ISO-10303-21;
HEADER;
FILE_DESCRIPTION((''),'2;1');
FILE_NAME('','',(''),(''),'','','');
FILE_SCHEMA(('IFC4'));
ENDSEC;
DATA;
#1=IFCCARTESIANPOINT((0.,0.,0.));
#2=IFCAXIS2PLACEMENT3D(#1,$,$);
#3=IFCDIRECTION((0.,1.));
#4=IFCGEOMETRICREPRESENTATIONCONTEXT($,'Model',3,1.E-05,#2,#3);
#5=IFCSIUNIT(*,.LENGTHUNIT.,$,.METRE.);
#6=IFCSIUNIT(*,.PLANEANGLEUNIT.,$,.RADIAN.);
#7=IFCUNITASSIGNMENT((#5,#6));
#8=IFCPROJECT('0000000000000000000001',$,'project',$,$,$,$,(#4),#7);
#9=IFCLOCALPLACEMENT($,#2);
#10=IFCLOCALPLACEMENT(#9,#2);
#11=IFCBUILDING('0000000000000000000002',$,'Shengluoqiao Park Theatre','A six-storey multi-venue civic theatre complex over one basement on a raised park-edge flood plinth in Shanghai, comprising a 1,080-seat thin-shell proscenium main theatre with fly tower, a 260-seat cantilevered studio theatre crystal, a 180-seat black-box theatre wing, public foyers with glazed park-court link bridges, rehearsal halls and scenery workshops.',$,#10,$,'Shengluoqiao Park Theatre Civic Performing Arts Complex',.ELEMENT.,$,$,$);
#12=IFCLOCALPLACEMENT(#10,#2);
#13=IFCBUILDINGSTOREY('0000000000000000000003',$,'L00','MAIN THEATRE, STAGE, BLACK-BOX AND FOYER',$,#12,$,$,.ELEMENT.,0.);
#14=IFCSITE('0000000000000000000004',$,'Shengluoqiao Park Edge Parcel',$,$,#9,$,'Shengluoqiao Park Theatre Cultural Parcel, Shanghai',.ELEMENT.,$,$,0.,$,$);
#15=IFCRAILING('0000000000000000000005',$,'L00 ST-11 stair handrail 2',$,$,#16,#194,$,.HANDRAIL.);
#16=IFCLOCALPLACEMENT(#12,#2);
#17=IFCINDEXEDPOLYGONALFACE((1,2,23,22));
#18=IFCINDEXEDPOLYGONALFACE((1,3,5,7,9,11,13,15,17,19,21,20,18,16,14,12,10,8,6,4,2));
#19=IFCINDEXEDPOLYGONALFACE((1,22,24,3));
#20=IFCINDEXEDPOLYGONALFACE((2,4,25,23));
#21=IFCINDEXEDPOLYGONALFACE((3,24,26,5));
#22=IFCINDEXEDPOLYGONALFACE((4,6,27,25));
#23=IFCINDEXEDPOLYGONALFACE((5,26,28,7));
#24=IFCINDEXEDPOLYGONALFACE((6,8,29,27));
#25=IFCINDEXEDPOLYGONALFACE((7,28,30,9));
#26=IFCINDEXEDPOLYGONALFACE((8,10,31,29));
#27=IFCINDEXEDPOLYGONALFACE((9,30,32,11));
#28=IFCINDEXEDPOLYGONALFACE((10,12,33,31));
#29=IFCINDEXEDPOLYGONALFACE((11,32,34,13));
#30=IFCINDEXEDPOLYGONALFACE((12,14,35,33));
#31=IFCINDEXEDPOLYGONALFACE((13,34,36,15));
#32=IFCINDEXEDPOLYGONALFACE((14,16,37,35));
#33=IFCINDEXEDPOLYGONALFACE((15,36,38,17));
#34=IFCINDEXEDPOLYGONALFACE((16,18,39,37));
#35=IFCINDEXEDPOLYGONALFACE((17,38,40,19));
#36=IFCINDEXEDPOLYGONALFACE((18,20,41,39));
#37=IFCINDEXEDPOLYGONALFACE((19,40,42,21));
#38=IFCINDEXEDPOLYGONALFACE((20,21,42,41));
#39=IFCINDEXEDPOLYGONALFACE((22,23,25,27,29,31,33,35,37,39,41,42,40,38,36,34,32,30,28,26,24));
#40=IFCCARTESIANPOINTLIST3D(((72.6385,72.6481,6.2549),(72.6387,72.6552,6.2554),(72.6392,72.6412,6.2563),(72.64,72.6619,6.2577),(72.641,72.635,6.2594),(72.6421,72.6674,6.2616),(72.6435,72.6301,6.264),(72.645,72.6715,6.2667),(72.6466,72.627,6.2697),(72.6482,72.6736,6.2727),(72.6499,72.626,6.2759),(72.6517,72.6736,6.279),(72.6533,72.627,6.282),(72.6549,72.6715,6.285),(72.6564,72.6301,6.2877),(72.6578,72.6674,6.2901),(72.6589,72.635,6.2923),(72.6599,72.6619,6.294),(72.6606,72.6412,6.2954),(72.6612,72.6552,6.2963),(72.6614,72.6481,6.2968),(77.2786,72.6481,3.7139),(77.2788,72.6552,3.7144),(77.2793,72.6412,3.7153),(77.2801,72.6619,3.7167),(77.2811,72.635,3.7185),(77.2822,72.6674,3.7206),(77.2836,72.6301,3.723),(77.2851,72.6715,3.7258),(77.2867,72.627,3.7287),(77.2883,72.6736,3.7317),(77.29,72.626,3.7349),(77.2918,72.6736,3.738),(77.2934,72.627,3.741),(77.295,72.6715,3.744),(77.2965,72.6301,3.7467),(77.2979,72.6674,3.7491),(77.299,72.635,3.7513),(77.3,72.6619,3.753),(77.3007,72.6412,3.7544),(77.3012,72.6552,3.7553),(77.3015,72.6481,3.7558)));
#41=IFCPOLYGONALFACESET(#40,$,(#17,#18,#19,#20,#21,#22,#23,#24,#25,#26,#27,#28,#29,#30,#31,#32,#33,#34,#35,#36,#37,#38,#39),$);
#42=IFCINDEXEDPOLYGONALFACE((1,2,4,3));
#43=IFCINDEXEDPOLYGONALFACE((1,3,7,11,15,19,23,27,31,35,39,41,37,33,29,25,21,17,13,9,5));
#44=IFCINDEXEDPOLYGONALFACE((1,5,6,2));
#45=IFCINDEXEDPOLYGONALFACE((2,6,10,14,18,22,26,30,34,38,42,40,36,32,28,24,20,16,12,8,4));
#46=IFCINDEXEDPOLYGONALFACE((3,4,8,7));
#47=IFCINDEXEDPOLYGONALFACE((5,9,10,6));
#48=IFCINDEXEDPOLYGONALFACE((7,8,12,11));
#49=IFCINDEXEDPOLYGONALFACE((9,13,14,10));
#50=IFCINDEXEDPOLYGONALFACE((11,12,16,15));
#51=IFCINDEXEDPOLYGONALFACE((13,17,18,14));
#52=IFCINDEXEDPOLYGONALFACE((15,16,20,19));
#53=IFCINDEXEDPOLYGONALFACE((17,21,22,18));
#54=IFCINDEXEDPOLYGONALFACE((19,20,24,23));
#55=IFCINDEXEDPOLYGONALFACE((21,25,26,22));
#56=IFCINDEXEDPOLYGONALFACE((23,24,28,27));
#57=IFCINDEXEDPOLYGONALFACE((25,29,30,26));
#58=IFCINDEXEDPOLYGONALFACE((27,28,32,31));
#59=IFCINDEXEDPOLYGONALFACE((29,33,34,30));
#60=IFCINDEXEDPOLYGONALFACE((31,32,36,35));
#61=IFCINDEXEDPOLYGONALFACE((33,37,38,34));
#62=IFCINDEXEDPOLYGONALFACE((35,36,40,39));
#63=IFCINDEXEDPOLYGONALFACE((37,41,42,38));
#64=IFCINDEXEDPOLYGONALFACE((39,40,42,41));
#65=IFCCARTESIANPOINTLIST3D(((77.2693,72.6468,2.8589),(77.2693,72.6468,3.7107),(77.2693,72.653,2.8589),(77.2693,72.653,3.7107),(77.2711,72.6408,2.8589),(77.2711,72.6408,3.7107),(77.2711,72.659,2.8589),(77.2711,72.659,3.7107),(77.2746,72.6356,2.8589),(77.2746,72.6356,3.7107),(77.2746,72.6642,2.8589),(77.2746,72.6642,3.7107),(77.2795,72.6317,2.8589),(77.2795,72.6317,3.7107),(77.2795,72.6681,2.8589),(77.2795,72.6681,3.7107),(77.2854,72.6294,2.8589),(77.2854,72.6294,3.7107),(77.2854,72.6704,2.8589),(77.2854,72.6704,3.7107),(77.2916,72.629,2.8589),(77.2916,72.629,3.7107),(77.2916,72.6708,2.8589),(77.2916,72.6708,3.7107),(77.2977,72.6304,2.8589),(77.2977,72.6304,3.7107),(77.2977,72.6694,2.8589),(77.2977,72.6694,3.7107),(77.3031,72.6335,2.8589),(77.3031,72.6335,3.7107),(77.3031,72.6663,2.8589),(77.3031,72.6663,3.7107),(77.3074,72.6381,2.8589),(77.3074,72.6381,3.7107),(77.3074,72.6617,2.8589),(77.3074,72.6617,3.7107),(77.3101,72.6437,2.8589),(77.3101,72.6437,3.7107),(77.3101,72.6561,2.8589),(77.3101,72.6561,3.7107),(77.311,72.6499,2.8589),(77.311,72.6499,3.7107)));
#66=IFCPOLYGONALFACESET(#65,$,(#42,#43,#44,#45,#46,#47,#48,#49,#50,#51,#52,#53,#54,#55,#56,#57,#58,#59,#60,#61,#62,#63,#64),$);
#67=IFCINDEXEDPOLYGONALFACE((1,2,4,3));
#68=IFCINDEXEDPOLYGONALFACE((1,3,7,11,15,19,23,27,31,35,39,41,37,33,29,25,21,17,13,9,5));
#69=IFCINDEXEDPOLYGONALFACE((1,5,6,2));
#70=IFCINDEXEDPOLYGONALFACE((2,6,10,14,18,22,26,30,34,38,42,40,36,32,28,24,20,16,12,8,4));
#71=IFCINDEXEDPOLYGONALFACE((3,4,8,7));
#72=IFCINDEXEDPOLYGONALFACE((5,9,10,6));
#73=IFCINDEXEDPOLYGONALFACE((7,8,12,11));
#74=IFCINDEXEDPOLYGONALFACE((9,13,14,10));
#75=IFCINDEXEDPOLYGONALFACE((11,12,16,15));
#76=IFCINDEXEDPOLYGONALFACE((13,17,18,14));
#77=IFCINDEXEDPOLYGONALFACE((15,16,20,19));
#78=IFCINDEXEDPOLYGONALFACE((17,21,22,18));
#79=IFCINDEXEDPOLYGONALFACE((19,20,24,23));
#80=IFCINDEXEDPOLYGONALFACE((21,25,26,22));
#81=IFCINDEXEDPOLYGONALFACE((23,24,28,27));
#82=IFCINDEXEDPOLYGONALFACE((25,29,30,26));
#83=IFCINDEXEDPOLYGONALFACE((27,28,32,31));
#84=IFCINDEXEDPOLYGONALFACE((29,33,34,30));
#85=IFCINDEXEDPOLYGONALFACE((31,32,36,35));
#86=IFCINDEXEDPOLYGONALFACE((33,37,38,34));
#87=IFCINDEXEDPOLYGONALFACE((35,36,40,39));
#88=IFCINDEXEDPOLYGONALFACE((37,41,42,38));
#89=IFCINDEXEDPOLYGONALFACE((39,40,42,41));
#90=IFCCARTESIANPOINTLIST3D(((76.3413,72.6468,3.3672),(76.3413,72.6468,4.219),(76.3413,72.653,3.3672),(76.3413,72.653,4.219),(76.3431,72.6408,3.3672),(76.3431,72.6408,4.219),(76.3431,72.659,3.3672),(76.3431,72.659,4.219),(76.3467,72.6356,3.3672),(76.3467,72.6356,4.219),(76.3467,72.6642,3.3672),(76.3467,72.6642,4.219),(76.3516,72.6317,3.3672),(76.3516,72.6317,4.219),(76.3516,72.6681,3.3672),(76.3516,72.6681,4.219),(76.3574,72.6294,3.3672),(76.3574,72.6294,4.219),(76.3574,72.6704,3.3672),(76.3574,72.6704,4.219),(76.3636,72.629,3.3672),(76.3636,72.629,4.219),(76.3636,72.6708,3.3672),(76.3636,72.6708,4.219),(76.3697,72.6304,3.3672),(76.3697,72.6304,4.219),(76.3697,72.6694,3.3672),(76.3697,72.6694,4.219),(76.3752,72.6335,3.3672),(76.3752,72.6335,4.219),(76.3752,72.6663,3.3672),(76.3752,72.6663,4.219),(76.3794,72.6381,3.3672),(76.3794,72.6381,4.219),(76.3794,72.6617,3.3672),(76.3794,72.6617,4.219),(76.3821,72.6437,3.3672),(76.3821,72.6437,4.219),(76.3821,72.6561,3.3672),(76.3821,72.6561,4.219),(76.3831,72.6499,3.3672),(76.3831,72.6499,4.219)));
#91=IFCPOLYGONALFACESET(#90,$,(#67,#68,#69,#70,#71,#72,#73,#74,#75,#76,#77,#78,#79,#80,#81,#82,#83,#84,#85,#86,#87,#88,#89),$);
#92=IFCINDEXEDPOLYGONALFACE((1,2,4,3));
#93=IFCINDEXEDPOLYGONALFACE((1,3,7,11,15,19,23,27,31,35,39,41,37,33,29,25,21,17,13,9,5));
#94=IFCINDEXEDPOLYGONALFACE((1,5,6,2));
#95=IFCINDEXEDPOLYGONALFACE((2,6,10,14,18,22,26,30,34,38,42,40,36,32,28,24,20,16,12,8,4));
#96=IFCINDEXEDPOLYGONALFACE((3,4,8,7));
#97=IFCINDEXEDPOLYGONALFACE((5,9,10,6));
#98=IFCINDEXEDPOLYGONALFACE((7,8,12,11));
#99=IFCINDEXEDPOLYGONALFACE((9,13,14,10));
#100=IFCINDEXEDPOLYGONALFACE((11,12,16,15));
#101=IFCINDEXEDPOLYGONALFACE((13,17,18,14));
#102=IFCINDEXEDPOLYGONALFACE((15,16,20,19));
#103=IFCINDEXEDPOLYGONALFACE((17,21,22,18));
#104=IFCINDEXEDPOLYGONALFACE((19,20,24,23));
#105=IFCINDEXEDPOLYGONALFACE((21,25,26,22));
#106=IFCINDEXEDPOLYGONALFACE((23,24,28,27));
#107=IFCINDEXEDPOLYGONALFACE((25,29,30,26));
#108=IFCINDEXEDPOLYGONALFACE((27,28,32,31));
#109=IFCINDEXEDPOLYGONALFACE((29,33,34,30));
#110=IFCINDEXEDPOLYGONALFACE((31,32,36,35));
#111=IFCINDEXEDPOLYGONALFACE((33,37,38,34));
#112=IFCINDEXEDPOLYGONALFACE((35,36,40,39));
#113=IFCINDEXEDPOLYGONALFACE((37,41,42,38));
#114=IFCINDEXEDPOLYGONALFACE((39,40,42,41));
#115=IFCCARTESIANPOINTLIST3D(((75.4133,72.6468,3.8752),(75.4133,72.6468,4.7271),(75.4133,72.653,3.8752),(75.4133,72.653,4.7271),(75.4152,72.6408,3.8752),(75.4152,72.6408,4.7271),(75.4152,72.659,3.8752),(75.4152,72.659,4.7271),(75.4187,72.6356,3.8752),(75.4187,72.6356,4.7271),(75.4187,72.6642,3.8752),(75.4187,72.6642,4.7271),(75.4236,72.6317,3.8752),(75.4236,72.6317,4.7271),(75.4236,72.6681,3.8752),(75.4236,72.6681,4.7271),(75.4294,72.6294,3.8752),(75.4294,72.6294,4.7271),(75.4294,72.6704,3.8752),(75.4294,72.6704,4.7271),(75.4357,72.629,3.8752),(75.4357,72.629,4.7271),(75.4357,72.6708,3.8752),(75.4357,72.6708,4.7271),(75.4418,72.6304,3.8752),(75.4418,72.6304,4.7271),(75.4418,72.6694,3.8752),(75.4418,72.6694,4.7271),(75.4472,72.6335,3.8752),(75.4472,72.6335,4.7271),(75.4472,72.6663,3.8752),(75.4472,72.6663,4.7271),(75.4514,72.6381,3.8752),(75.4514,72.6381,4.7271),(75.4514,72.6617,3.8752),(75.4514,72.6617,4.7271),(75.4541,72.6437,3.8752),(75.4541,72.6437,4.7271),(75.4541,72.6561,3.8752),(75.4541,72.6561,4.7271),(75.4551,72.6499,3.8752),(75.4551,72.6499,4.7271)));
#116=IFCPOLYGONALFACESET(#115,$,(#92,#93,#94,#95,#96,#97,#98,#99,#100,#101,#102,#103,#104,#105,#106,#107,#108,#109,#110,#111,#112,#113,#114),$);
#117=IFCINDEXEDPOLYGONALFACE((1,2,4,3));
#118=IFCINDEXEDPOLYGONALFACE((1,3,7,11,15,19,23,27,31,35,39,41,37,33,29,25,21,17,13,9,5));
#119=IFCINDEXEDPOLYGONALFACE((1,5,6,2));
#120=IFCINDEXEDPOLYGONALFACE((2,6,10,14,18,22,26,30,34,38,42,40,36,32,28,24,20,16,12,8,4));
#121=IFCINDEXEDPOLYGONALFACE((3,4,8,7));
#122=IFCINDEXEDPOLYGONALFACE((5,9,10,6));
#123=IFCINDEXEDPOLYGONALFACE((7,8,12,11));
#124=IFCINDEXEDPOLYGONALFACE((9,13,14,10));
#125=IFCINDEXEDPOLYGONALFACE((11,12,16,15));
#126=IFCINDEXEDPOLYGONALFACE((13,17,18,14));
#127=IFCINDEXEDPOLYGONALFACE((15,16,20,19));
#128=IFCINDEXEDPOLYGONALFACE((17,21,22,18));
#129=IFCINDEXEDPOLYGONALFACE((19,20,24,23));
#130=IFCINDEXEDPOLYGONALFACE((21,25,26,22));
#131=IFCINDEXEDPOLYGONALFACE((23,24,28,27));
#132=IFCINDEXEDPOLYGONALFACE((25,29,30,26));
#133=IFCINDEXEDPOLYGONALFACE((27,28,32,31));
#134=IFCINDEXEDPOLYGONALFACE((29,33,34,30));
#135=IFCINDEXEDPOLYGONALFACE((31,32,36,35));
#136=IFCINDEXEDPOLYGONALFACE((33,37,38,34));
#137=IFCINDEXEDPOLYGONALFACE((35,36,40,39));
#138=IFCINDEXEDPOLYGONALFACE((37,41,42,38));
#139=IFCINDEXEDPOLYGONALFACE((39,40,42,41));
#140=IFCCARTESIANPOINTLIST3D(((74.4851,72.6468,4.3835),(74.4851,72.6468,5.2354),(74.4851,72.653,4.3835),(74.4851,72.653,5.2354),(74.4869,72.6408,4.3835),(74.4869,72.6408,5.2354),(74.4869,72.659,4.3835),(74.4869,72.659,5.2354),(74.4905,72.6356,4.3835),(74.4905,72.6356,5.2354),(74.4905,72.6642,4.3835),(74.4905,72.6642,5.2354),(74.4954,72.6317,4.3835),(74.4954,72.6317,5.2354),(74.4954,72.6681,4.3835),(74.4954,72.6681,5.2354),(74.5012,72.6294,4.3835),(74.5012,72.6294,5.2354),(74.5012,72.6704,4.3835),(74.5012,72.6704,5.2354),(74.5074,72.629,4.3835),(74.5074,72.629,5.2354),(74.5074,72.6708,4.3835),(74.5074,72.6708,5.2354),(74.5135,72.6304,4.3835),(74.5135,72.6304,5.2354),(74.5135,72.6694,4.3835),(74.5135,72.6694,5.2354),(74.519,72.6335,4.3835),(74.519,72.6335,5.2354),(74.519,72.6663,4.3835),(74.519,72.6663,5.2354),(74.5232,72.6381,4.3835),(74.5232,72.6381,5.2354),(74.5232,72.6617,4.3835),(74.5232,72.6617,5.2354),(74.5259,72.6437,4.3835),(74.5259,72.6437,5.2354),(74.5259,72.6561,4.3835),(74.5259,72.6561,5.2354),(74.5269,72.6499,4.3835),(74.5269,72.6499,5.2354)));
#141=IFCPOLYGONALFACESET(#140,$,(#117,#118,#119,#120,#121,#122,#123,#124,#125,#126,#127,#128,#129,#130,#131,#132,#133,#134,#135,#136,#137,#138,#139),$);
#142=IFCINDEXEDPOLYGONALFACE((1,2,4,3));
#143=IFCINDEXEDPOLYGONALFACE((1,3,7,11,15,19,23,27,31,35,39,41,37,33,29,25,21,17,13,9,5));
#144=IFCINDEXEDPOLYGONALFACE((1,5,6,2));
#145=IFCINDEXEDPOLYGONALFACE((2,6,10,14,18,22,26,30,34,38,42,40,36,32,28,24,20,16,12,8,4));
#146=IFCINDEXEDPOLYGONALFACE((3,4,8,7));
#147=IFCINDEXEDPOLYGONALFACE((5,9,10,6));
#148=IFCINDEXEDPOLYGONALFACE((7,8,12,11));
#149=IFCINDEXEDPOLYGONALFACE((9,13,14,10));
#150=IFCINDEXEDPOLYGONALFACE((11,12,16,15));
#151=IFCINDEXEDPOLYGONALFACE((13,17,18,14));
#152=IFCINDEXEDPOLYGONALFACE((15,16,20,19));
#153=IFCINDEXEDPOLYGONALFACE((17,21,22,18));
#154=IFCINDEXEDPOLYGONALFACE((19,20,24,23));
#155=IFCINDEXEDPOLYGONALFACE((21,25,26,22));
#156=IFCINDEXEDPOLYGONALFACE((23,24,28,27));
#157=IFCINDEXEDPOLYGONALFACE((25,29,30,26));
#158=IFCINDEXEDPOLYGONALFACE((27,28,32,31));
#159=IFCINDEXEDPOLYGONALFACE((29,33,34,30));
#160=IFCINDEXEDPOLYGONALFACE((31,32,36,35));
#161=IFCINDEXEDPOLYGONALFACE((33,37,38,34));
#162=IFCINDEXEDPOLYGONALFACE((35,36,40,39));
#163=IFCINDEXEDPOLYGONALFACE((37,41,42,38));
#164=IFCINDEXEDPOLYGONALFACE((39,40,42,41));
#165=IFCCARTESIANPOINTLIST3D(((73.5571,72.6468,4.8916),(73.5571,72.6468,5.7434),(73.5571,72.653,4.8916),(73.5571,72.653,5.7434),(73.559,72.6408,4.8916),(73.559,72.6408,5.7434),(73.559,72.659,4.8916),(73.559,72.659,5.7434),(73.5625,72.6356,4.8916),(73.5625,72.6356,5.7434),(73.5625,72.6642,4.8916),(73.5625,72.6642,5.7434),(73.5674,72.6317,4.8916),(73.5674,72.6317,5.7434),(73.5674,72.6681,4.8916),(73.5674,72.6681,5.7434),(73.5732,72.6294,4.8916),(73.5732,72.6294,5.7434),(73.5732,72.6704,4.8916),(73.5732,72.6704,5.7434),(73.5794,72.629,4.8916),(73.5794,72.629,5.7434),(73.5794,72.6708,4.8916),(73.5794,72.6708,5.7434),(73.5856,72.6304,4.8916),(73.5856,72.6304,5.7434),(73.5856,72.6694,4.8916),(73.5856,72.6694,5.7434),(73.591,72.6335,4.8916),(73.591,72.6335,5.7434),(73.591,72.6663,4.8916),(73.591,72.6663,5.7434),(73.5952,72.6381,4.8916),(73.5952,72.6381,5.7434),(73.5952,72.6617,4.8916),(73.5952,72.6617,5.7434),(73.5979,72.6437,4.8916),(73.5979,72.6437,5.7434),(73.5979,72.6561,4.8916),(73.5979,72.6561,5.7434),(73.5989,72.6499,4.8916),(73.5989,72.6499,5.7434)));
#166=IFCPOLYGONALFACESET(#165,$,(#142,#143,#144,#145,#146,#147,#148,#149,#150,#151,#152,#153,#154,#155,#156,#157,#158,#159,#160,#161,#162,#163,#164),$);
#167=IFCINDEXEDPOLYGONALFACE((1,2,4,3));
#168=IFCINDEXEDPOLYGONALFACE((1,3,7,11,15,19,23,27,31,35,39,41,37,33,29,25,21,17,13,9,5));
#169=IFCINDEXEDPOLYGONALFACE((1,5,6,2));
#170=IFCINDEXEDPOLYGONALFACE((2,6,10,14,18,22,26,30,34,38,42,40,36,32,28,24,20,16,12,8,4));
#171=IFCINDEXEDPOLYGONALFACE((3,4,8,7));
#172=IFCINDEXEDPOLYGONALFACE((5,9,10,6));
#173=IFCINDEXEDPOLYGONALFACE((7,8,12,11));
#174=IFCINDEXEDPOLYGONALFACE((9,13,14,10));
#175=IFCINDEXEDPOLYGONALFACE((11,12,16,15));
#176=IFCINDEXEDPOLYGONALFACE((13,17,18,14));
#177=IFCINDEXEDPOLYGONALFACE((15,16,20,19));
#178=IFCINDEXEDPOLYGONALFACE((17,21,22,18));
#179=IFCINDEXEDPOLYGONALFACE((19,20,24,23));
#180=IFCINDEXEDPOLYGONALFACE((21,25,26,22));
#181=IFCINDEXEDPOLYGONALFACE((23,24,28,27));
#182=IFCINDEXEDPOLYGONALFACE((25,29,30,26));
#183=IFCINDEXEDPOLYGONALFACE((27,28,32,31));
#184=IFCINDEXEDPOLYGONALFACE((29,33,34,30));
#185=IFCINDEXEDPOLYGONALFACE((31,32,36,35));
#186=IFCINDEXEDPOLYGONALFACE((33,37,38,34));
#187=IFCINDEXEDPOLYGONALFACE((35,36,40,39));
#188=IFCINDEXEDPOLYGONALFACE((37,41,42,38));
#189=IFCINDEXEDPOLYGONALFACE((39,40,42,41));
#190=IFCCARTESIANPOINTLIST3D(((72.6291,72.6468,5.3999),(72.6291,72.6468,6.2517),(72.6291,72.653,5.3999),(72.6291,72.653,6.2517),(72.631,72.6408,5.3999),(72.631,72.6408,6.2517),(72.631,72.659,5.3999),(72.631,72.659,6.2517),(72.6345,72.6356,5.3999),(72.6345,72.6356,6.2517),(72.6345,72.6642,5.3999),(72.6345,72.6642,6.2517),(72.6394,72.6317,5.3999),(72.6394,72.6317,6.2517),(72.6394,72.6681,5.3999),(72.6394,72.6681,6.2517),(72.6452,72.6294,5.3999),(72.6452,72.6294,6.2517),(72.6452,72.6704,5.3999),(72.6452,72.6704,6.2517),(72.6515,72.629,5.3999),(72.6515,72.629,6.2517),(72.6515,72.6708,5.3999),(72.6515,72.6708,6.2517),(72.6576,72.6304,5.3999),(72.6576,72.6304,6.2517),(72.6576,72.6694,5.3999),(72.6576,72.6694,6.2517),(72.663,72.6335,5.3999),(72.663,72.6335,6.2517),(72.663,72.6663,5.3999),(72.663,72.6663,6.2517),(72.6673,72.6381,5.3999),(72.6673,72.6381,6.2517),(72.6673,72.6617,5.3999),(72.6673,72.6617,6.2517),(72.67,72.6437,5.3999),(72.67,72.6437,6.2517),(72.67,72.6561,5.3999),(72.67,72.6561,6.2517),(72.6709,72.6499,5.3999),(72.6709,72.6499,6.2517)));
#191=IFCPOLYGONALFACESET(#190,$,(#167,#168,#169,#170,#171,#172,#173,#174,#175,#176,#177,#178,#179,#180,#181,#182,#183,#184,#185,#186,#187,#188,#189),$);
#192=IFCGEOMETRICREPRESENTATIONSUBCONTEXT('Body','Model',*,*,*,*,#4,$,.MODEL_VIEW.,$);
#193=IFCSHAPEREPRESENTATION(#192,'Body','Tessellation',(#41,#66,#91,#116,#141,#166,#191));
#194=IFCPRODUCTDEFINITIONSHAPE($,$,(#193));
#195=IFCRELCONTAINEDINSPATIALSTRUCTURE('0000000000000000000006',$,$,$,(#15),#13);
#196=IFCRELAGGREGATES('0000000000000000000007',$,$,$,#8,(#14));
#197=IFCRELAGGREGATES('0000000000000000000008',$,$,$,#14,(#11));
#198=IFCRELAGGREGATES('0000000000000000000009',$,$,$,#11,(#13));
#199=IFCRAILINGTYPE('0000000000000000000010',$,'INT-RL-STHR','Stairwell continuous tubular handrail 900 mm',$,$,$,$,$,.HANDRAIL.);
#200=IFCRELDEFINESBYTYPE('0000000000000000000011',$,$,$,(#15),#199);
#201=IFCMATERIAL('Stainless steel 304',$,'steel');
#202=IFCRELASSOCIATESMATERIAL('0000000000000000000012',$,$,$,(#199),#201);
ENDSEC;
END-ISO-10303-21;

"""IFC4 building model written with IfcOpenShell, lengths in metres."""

from ifc_helpers import new_model, si_unit, direction, frame, origin, origin_2d, place, context, subcontext, project, spatial, circle, extrude, material, type_object, element, save


model = new_model("IFC4")

# Units and contexts
model_context = context("Model", 3, precision=1e-05, world=origin(), true_north=direction((0.0, 1.0)))
body_context = subcontext(model_context, "Body", "Model", "MODEL_VIEW")
ifc_project = project(units=[si_unit("LENGTHUNIT", "METRE"), si_unit("PLANEANGLEUNIT", "RADIAN")], contexts=[model_context])

# Site, building, storey
site_placement = place(None, origin())
site = spatial("IfcSite", under=ifc_project, at=site_placement, Name="Shengluoqiao Park Edge Parcel", LongName="Shengluoqiao Park Theatre Cultural Parcel, Shanghai", CompositionType="ELEMENT", RefElevation=0.0)
building_placement = place(site_placement, origin())
building = spatial("IfcBuilding", under=site, at=building_placement, Name="Shengluoqiao Park Theatre", Description="A six-storey multi-venue civic theatre complex over one basement on a raised park-edge flood plinth in Shanghai, comprising a 1,080-seat thin-shell proscenium main theatre with fly tower, a 260-seat cantilevered studio theatre crystal, a 180-seat black-box theatre wing, public foyers with glazed park-court link bridges, rehearsal halls and scenery workshops.", LongName="Shengluoqiao Park Theatre Civic Performing Arts Complex", CompositionType="ELEMENT")
storey_placement = place(building_placement, origin())
storey = spatial("IfcBuildingStorey", under=building, at=storey_placement, Name="L00", Description="MAIN THEATRE, STAGE, BLACK-BOX AND FOYER", CompositionType="ELEMENT", Elevation=0.0)

# Railing
ifc_material_1 = material(Name="Stainless steel 304", Category="steel")
railing_type_1 = type_object("IfcRailingType", Name="INT-RL-STHR", Description="Stairwell continuous tubular handrail 900 mm", PredefinedType="HANDRAIL", material=ifc_material_1)
railing_1_placement = place(storey_placement, frame((77.29, 72.6499, 2.8589)))
element("IfcRailing", 1, at=railing_1_placement, inside=storey, type_object=railing_type_1, Name="L00 ST-11 stair handrail 2", PredefinedType="HANDRAIL", context=body_context, shape_type="SweptSolid", body=[
    extrude(circle(Radius=0.0239, at=origin_2d()), frame((0.0, 0.0, 0.876), z_axis=(-0.877097, 0.0, 0.480313), x_axis=(0.0, -1.0, 0.0)), (0.0, 0.0, 1.0), 5.2903),
    extrude(circle(Radius=0.021, at=origin_2d()), origin(), (0.0, 0.0, 1.0), 0.8518),
    extrude(circle(Radius=0.021, at=origin_2d()), frame((-0.928, 0.0, 0.5083)), (0.0, 0.0, 1.0), 0.8518),
    extrude(circle(Radius=0.021, at=origin_2d()), frame((-1.856, 0.0, 1.0164)), (0.0, 0.0, 1.0), 0.8518),
    extrude(circle(Radius=0.021, at=origin_2d()), frame((-2.7842, 0.0, 1.5247)), (0.0, 0.0, 1.0), 0.8518),
    extrude(circle(Radius=0.021, at=origin_2d()), frame((-3.7122, 0.0, 2.0327)), (0.0, 0.0, 1.0), 0.8518),
    extrude(circle(Radius=0.021, at=origin_2d()), frame((-4.6401, 0.0, 2.541)), (0.0, 0.0, 1.0), 0.8518),
])

save(model, "model.ifc")
